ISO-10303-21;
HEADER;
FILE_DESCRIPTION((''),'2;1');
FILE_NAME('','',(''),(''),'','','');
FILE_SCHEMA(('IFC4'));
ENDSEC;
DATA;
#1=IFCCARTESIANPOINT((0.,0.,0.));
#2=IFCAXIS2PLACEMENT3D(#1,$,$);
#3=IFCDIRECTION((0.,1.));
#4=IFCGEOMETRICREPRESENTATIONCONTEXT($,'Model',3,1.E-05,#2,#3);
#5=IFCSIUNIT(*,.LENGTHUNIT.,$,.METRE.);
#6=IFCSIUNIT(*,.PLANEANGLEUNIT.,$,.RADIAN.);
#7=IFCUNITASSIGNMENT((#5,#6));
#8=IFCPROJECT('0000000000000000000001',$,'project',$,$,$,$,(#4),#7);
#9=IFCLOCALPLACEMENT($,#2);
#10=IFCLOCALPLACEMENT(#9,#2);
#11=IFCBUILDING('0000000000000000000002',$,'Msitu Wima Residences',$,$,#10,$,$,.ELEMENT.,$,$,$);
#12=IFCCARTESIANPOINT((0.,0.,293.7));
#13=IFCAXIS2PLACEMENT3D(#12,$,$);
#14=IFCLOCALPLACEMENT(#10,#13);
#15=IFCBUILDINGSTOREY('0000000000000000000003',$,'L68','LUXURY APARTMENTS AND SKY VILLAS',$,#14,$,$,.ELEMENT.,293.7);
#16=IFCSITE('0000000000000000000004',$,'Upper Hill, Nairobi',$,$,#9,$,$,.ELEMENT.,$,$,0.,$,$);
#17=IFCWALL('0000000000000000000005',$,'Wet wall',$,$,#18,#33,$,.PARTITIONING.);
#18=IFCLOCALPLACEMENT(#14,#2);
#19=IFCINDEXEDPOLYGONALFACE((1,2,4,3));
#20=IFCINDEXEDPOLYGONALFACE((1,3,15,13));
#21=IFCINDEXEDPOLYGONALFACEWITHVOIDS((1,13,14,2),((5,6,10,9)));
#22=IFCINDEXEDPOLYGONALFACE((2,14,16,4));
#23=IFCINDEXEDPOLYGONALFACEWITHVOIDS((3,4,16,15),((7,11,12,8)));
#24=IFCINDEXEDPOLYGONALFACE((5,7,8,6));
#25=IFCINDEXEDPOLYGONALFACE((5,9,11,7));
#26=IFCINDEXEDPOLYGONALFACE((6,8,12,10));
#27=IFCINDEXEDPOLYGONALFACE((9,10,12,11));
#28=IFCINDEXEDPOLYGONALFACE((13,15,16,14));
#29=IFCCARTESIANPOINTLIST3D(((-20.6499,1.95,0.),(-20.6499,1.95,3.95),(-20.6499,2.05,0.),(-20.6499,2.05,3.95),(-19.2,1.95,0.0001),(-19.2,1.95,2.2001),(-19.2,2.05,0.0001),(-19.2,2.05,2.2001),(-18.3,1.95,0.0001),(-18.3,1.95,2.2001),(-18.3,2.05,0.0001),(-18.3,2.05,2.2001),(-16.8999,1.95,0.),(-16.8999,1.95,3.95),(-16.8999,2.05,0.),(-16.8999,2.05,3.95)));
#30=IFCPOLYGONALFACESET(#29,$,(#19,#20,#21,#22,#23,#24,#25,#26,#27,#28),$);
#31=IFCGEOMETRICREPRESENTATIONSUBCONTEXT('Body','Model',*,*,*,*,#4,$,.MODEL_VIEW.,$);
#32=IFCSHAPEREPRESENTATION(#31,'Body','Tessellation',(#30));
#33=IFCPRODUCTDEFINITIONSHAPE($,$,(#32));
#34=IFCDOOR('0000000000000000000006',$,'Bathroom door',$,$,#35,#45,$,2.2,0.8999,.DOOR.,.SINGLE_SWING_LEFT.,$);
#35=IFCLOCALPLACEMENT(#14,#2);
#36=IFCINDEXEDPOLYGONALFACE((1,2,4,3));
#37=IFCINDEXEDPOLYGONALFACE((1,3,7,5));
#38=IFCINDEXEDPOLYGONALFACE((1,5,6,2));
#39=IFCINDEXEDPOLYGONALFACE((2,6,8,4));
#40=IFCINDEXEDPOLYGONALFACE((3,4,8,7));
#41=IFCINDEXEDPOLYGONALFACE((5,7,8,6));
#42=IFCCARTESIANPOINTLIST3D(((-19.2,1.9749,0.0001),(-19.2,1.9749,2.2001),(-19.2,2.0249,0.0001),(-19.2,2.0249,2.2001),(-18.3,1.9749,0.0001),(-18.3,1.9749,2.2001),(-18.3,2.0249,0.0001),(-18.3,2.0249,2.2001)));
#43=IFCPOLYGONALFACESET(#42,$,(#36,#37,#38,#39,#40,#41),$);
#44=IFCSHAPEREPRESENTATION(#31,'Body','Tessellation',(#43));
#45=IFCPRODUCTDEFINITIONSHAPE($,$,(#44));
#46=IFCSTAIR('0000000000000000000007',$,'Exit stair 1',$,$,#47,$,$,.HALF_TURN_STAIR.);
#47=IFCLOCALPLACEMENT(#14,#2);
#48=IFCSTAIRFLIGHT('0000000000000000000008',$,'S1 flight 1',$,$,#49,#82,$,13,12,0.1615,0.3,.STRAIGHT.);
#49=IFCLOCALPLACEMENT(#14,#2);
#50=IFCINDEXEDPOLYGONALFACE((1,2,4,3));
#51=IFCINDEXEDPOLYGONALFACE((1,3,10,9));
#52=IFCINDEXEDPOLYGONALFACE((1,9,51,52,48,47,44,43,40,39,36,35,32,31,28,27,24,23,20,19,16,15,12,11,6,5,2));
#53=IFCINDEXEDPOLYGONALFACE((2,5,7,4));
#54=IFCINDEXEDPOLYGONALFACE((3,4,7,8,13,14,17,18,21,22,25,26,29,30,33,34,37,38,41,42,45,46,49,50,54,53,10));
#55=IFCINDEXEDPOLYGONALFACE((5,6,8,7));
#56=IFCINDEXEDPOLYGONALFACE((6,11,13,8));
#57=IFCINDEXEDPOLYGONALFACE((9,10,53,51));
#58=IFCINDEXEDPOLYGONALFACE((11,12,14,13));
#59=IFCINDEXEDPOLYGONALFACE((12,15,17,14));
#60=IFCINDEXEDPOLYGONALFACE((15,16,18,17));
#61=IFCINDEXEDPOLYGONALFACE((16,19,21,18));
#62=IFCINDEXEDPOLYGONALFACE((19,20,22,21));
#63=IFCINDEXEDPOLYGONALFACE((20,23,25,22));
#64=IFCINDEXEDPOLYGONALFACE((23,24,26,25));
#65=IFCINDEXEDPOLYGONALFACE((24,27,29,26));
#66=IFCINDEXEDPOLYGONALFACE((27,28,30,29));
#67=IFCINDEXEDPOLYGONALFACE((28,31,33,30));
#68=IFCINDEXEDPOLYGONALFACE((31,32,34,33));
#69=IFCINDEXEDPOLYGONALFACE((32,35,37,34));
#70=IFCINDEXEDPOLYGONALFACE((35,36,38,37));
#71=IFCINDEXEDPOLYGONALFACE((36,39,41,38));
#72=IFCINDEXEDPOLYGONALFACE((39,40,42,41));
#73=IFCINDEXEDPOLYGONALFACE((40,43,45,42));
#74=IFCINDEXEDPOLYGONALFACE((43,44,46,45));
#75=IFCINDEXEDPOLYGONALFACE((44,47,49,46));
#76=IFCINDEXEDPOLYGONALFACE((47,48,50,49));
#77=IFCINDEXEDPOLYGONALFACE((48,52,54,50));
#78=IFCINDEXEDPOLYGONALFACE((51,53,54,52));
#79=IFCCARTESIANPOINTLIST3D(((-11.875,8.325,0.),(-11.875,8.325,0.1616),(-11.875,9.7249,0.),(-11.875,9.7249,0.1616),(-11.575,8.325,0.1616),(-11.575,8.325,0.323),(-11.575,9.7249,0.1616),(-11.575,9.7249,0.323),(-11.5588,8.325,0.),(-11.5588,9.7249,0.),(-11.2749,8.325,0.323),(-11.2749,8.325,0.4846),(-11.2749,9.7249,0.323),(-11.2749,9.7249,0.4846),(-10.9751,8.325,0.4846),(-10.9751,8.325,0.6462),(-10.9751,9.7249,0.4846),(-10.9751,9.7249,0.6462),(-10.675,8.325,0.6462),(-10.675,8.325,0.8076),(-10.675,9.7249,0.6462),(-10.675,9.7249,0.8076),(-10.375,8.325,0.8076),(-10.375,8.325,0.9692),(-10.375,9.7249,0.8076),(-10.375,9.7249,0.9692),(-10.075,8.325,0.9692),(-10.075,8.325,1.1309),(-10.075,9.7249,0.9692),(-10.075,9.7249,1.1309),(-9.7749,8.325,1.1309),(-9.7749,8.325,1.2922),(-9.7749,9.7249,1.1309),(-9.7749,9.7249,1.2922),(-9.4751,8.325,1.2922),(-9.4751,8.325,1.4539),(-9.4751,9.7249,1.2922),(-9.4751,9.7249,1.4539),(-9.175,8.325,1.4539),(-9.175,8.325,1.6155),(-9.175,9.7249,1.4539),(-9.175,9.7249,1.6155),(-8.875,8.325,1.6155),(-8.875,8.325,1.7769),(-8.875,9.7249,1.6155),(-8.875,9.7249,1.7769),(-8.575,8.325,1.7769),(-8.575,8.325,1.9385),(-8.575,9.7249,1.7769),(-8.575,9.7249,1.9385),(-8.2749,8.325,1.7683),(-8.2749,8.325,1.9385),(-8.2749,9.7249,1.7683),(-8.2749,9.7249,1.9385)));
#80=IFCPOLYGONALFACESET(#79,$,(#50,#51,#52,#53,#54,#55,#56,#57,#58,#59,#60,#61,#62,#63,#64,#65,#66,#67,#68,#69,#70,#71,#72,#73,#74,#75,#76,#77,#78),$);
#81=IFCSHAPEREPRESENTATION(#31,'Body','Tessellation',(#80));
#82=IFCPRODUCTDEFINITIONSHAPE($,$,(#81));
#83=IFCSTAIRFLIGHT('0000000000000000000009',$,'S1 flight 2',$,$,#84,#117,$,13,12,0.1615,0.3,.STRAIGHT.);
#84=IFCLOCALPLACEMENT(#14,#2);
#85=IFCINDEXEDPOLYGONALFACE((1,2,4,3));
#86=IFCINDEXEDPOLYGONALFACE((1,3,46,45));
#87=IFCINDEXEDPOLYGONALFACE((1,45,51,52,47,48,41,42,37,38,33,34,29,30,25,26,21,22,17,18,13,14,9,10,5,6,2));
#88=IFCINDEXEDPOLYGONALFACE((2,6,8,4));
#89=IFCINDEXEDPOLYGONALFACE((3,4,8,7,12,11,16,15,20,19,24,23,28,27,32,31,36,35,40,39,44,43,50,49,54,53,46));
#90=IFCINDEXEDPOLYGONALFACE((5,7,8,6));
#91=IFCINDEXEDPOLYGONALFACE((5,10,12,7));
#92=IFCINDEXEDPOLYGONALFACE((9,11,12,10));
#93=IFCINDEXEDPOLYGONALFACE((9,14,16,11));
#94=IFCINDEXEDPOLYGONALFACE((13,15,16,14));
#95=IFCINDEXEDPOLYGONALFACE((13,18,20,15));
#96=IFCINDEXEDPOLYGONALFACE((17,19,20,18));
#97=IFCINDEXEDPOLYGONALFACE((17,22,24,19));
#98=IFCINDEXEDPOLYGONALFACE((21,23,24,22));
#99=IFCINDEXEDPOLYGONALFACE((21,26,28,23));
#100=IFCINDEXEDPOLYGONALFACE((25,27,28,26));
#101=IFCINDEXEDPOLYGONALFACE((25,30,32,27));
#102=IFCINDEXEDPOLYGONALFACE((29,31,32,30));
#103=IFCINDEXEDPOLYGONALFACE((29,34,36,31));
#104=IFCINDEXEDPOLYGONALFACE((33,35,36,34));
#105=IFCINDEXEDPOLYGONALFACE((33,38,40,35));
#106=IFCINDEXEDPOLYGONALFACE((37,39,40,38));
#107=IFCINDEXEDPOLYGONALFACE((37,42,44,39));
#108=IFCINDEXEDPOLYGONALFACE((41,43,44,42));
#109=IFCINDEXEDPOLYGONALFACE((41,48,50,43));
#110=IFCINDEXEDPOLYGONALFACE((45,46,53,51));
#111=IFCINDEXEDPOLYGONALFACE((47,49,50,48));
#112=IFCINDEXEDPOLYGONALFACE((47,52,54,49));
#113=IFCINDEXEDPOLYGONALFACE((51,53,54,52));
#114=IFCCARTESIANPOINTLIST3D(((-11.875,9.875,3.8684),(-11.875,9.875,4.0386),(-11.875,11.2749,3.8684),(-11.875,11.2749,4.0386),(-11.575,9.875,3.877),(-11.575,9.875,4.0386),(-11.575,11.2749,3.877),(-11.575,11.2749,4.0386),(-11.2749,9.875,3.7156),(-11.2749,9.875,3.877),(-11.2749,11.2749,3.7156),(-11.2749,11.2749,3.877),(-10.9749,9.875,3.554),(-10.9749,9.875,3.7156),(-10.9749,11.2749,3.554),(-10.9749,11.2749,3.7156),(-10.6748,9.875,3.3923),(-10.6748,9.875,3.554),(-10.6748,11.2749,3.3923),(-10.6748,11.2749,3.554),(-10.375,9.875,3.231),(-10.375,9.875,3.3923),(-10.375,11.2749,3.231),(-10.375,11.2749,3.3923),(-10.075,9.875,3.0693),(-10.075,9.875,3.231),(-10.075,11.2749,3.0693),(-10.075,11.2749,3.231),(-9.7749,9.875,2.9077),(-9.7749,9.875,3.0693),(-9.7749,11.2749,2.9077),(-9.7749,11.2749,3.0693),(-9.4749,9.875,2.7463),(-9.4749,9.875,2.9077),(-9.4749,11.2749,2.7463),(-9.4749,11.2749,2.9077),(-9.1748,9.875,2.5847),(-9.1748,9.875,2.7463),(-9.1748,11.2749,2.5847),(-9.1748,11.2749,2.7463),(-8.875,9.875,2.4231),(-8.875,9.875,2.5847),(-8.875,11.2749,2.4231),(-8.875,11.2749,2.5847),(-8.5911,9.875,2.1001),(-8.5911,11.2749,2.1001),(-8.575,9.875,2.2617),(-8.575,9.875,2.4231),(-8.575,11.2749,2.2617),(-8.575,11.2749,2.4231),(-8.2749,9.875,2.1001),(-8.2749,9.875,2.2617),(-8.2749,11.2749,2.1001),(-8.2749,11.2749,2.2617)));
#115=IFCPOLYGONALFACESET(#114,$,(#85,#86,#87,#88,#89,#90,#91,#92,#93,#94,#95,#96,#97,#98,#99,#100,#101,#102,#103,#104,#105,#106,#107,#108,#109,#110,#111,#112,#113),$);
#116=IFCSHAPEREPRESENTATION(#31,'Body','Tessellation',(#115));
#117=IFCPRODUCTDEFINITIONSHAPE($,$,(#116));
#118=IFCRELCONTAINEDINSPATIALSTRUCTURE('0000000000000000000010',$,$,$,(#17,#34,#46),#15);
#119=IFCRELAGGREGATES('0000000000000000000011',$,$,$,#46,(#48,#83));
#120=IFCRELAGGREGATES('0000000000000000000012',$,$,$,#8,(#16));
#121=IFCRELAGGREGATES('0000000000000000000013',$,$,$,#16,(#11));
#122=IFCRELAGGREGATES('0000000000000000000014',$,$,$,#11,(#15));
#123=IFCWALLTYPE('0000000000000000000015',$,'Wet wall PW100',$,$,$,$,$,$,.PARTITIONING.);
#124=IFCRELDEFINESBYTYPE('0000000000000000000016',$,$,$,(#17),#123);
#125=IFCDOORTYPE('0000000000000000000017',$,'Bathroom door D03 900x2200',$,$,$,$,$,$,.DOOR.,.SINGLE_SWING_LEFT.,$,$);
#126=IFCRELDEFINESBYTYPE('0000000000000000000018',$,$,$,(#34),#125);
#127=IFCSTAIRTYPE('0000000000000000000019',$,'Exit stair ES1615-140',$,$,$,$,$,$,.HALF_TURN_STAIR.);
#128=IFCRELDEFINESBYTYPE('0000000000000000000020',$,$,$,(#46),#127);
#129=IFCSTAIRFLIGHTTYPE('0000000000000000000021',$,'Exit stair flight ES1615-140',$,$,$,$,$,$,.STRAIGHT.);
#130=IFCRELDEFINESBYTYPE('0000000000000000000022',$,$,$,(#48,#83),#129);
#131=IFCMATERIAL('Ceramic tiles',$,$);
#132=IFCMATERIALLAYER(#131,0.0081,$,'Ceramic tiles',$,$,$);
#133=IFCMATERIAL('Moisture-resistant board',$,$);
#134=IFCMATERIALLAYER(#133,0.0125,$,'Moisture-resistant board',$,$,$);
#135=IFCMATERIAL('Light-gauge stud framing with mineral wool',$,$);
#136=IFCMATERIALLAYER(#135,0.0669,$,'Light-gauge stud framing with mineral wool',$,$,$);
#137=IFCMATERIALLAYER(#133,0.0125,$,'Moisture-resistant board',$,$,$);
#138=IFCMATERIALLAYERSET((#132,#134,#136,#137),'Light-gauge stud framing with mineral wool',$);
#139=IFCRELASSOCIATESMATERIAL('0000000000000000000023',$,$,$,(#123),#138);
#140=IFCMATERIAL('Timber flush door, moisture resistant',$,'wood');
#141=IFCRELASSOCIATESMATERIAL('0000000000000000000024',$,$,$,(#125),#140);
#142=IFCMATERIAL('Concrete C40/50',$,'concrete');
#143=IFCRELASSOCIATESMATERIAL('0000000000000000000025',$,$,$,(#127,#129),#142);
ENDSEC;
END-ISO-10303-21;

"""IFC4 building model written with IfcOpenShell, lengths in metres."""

from ifc_helpers import new_model, si_unit, direction, frame, frame_2d, origin, place, context, subcontext, project, spatial, polyline, rectangle, outline, extrude, material, layer, layer_set, type_object, element, fill, aggregate, save


model = new_model("IFC4")

# Units and contexts
model_context = context("Model", 3, precision=1e-05, world=origin(), true_north=direction((0.0, 1.0)))
body_context = subcontext(model_context, "Body", "Model", "MODEL_VIEW")
ifc_project = project(units=[si_unit("LENGTHUNIT", "METRE"), si_unit("PLANEANGLEUNIT", "RADIAN")], contexts=[model_context])

# Site, building, storey
site_placement = place(None, origin())
site = spatial("IfcSite", under=ifc_project, at=site_placement, Name="Upper Hill, Nairobi", CompositionType="ELEMENT", RefElevation=0.0)
building_placement = place(site_placement, origin())
building = spatial("IfcBuilding", under=site, at=building_placement, Name="Msitu Wima Residences", CompositionType="ELEMENT")
storey_placement = place(building_placement, frame((0.0, 0.0, 293.7)))
storey = spatial("IfcBuildingStorey", under=building, at=storey_placement, Name="L68", Description="LUXURY APARTMENTS AND SKY VILLAS", CompositionType="ELEMENT", Elevation=293.7)

# Shared definitions
ifc_material_1 = material(Name="Light-gauge stud framing with mineral wool")

# Wall, opening, door
ifc_material_2 = material(Name="Ceramic tiles")
ifc_layer_1 = layer(ifc_material_2, 0.0081, Name="Ceramic tiles")
ifc_material_3 = material(Name="Moisture-resistant board")
ifc_layer_2 = layer(ifc_material_3, 0.0125, Name="Moisture-resistant board")
ifc_layer_3 = layer(ifc_material_1, 0.0669, Name="Light-gauge stud framing with mineral wool")
ifc_layer_4 = layer(ifc_material_3, 0.0125, Name="Moisture-resistant board")
ifc_layer_set_1 = layer_set([ifc_layer_1, ifc_layer_2, ifc_layer_3, ifc_layer_4], Name="Light-gauge stud framing with mineral wool")
wall_type_1 = type_object("IfcWallType", Name="Wet wall PW100", PredefinedType="PARTITIONING", material=ifc_layer_set_1)
wall_1_placement = place(storey_placement, frame((-20.6499, 2.0, 0.0), z_axis=(0.0, 0.0, 1.0), x_axis=(1.0, 0.0, 0.0)))
wall_1 = element("IfcWall", 1, at=wall_1_placement, inside=storey, type_object=wall_type_1, Name="Wet wall", PredefinedType="PARTITIONING", context=body_context, shape_type="SweptSolid", body=[
    extrude(rectangle(XDim=3.75, YDim=0.1001, at=frame_2d((1.875, 0.0))), origin(), (0.0, 0.0, 1.0), 3.95),
])
opening_1_placement = place(wall_1_placement, frame((1.45, 0.0, 0.0)))
opening_1 = element("IfcOpeningElement", 2, at=opening_1_placement, cuts=wall_1, PredefinedType="OPENING", context=body_context, shape_type="SweptSolid", body=[
    extrude(rectangle(XDim=0.8999, YDim=2.2, at=frame_2d((0.45, 1.1001))), frame((0.0, 0.0601, 0.0), z_axis=(0.0, -1.0, 0.0), x_axis=(1.0, 0.0, 0.0)), (0.0, 0.0, 1.0), 0.1201),
])
ifc_material_4 = material(Name="Timber flush door, moisture resistant", Category="wood")
door_type_1 = type_object("IfcDoorType", Name="Bathroom door D03 900x2200", OperationType="SINGLE_SWING_LEFT", PredefinedType="DOOR", material=ifc_material_4)
door_1_placement = place(opening_1_placement, origin())
door_1 = element("IfcDoor", 3, at=door_1_placement, inside=storey, type_object=door_type_1, Name="Bathroom door", OperationType="SINGLE_SWING_LEFT", OverallHeight=2.2, OverallWidth=0.8999, PredefinedType="DOOR", context=body_context, shape_type="SweptSolid", body=[
    extrude(rectangle(XDim=0.8999, YDim=2.2, at=frame_2d((0.45, 1.1001))), frame((0.0, 0.0249, 0.0), z_axis=(0.0, -1.0, 0.0), x_axis=(1.0, 0.0, 0.0)), (0.0, 0.0, 1.0), 0.05),
])
fill(opening_1, door_1)

# Stair, stair flights
ifc_material_5 = material(Name="Concrete C40/50", Category="concrete")
stair_type = type_object("IfcStairType", Name="Exit stair ES1615-140", PredefinedType="HALF_TURN_STAIR", material=ifc_material_5)
stair_placement = place(storey_placement, origin())
stair = element("IfcStair", 4, at=stair_placement, inside=storey, type_object=stair_type, Name="Exit stair 1", PredefinedType="HALF_TURN_STAIR")
stair_flight_type = type_object("IfcStairFlightType", Name="Exit stair flight ES1615-140", PredefinedType="STRAIGHT", material=ifc_material_5)
stair_flight_1_placement = place(storey_placement, frame((-11.875, 9.0249, 0.0), z_axis=(0.0, 0.0, 1.0), x_axis=(1.0, 0.0, 0.0)))
stair_flight_1 = element("IfcStairFlight", 5, at=stair_flight_1_placement, type_object=stair_flight_type, Name="S1 flight 1", NumberOfRisers=13, NumberOfTreads=12, PredefinedType="STRAIGHT", RiserHeight=0.1615, TreadLength=0.3, context=body_context, shape_type="SweptSolid", body=[
    extrude(outline(polyline([(0.0, 0.0), (0.0, 0.1616), (0.3, 0.1616), (0.3, 0.323), (0.6001, 0.323), (0.6001, 0.4846), (0.8999, 0.4846), (0.8999, 0.6462), (1.2, 0.6462), (1.2, 0.8076), (1.5, 0.8076), (1.5, 0.9692), (1.8, 0.9692), (1.8, 1.1309), (2.1001, 1.1309), (2.1001, 1.2922), (2.3999, 1.2922), (2.3999, 1.4539), (2.7, 1.4539), (2.7, 1.6155), (3.0, 1.6155), (3.0, 1.7769), (3.3, 1.7769), (3.3, 1.9385), (3.6001, 1.9385), (3.6001, 2.1001), (3.6001, 1.7683), (0.3162, 0.0), (0.0, 0.0)])), frame((0.0, 0.7, 0.0), z_axis=(0.0, -1.0, 0.0), x_axis=(1.0, 0.0, 0.0)), (0.0, 0.0, 1.0), 1.3999),
])
stair_flight_2_placement = place(storey_placement, frame((-8.2749, 10.575, 2.1001), z_axis=(0.0, 0.0, 1.0), x_axis=(-1.0, 0.0, 0.0)))
stair_flight_2 = element("IfcStairFlight", 6, at=stair_flight_2_placement, type_object=stair_flight_type, Name="S1 flight 2", NumberOfRisers=13, NumberOfTreads=12, PredefinedType="STRAIGHT", RiserHeight=0.1615, TreadLength=0.3, context=body_context, shape_type="SweptSolid", body=[
    extrude(outline(polyline([(0.0, 0.0), (0.0, 0.1616), (0.3, 0.1616), (0.3, 0.323), (0.6001, 0.323), (0.6001, 0.4846), (0.8999, 0.4846), (0.8999, 0.6462), (1.2, 0.6462), (1.2, 0.8076), (1.5, 0.8076), (1.5, 0.9692), (1.8, 0.9692), (1.8, 1.1309), (2.1001, 1.1309), (2.1001, 1.2922), (2.3999, 1.2922), (2.3999, 1.4539), (2.7, 1.4539), (2.7, 1.6155), (3.0, 1.6155), (3.0, 1.7769), (3.3, 1.7769), (3.3, 1.9385), (3.6001, 1.9385), (3.6001, 2.1001), (3.6001, 1.7683), (0.3162, 0.0), (0.0, 0.0)])), frame((0.0, 0.7, 0.0), z_axis=(0.0, -1.0, 0.0), x_axis=(1.0, 0.0, 0.0)), (0.0, 0.0, 1.0), 1.3999),
])
aggregate(stair, [stair_flight_1, stair_flight_2])

save(model, "model.ifc")
